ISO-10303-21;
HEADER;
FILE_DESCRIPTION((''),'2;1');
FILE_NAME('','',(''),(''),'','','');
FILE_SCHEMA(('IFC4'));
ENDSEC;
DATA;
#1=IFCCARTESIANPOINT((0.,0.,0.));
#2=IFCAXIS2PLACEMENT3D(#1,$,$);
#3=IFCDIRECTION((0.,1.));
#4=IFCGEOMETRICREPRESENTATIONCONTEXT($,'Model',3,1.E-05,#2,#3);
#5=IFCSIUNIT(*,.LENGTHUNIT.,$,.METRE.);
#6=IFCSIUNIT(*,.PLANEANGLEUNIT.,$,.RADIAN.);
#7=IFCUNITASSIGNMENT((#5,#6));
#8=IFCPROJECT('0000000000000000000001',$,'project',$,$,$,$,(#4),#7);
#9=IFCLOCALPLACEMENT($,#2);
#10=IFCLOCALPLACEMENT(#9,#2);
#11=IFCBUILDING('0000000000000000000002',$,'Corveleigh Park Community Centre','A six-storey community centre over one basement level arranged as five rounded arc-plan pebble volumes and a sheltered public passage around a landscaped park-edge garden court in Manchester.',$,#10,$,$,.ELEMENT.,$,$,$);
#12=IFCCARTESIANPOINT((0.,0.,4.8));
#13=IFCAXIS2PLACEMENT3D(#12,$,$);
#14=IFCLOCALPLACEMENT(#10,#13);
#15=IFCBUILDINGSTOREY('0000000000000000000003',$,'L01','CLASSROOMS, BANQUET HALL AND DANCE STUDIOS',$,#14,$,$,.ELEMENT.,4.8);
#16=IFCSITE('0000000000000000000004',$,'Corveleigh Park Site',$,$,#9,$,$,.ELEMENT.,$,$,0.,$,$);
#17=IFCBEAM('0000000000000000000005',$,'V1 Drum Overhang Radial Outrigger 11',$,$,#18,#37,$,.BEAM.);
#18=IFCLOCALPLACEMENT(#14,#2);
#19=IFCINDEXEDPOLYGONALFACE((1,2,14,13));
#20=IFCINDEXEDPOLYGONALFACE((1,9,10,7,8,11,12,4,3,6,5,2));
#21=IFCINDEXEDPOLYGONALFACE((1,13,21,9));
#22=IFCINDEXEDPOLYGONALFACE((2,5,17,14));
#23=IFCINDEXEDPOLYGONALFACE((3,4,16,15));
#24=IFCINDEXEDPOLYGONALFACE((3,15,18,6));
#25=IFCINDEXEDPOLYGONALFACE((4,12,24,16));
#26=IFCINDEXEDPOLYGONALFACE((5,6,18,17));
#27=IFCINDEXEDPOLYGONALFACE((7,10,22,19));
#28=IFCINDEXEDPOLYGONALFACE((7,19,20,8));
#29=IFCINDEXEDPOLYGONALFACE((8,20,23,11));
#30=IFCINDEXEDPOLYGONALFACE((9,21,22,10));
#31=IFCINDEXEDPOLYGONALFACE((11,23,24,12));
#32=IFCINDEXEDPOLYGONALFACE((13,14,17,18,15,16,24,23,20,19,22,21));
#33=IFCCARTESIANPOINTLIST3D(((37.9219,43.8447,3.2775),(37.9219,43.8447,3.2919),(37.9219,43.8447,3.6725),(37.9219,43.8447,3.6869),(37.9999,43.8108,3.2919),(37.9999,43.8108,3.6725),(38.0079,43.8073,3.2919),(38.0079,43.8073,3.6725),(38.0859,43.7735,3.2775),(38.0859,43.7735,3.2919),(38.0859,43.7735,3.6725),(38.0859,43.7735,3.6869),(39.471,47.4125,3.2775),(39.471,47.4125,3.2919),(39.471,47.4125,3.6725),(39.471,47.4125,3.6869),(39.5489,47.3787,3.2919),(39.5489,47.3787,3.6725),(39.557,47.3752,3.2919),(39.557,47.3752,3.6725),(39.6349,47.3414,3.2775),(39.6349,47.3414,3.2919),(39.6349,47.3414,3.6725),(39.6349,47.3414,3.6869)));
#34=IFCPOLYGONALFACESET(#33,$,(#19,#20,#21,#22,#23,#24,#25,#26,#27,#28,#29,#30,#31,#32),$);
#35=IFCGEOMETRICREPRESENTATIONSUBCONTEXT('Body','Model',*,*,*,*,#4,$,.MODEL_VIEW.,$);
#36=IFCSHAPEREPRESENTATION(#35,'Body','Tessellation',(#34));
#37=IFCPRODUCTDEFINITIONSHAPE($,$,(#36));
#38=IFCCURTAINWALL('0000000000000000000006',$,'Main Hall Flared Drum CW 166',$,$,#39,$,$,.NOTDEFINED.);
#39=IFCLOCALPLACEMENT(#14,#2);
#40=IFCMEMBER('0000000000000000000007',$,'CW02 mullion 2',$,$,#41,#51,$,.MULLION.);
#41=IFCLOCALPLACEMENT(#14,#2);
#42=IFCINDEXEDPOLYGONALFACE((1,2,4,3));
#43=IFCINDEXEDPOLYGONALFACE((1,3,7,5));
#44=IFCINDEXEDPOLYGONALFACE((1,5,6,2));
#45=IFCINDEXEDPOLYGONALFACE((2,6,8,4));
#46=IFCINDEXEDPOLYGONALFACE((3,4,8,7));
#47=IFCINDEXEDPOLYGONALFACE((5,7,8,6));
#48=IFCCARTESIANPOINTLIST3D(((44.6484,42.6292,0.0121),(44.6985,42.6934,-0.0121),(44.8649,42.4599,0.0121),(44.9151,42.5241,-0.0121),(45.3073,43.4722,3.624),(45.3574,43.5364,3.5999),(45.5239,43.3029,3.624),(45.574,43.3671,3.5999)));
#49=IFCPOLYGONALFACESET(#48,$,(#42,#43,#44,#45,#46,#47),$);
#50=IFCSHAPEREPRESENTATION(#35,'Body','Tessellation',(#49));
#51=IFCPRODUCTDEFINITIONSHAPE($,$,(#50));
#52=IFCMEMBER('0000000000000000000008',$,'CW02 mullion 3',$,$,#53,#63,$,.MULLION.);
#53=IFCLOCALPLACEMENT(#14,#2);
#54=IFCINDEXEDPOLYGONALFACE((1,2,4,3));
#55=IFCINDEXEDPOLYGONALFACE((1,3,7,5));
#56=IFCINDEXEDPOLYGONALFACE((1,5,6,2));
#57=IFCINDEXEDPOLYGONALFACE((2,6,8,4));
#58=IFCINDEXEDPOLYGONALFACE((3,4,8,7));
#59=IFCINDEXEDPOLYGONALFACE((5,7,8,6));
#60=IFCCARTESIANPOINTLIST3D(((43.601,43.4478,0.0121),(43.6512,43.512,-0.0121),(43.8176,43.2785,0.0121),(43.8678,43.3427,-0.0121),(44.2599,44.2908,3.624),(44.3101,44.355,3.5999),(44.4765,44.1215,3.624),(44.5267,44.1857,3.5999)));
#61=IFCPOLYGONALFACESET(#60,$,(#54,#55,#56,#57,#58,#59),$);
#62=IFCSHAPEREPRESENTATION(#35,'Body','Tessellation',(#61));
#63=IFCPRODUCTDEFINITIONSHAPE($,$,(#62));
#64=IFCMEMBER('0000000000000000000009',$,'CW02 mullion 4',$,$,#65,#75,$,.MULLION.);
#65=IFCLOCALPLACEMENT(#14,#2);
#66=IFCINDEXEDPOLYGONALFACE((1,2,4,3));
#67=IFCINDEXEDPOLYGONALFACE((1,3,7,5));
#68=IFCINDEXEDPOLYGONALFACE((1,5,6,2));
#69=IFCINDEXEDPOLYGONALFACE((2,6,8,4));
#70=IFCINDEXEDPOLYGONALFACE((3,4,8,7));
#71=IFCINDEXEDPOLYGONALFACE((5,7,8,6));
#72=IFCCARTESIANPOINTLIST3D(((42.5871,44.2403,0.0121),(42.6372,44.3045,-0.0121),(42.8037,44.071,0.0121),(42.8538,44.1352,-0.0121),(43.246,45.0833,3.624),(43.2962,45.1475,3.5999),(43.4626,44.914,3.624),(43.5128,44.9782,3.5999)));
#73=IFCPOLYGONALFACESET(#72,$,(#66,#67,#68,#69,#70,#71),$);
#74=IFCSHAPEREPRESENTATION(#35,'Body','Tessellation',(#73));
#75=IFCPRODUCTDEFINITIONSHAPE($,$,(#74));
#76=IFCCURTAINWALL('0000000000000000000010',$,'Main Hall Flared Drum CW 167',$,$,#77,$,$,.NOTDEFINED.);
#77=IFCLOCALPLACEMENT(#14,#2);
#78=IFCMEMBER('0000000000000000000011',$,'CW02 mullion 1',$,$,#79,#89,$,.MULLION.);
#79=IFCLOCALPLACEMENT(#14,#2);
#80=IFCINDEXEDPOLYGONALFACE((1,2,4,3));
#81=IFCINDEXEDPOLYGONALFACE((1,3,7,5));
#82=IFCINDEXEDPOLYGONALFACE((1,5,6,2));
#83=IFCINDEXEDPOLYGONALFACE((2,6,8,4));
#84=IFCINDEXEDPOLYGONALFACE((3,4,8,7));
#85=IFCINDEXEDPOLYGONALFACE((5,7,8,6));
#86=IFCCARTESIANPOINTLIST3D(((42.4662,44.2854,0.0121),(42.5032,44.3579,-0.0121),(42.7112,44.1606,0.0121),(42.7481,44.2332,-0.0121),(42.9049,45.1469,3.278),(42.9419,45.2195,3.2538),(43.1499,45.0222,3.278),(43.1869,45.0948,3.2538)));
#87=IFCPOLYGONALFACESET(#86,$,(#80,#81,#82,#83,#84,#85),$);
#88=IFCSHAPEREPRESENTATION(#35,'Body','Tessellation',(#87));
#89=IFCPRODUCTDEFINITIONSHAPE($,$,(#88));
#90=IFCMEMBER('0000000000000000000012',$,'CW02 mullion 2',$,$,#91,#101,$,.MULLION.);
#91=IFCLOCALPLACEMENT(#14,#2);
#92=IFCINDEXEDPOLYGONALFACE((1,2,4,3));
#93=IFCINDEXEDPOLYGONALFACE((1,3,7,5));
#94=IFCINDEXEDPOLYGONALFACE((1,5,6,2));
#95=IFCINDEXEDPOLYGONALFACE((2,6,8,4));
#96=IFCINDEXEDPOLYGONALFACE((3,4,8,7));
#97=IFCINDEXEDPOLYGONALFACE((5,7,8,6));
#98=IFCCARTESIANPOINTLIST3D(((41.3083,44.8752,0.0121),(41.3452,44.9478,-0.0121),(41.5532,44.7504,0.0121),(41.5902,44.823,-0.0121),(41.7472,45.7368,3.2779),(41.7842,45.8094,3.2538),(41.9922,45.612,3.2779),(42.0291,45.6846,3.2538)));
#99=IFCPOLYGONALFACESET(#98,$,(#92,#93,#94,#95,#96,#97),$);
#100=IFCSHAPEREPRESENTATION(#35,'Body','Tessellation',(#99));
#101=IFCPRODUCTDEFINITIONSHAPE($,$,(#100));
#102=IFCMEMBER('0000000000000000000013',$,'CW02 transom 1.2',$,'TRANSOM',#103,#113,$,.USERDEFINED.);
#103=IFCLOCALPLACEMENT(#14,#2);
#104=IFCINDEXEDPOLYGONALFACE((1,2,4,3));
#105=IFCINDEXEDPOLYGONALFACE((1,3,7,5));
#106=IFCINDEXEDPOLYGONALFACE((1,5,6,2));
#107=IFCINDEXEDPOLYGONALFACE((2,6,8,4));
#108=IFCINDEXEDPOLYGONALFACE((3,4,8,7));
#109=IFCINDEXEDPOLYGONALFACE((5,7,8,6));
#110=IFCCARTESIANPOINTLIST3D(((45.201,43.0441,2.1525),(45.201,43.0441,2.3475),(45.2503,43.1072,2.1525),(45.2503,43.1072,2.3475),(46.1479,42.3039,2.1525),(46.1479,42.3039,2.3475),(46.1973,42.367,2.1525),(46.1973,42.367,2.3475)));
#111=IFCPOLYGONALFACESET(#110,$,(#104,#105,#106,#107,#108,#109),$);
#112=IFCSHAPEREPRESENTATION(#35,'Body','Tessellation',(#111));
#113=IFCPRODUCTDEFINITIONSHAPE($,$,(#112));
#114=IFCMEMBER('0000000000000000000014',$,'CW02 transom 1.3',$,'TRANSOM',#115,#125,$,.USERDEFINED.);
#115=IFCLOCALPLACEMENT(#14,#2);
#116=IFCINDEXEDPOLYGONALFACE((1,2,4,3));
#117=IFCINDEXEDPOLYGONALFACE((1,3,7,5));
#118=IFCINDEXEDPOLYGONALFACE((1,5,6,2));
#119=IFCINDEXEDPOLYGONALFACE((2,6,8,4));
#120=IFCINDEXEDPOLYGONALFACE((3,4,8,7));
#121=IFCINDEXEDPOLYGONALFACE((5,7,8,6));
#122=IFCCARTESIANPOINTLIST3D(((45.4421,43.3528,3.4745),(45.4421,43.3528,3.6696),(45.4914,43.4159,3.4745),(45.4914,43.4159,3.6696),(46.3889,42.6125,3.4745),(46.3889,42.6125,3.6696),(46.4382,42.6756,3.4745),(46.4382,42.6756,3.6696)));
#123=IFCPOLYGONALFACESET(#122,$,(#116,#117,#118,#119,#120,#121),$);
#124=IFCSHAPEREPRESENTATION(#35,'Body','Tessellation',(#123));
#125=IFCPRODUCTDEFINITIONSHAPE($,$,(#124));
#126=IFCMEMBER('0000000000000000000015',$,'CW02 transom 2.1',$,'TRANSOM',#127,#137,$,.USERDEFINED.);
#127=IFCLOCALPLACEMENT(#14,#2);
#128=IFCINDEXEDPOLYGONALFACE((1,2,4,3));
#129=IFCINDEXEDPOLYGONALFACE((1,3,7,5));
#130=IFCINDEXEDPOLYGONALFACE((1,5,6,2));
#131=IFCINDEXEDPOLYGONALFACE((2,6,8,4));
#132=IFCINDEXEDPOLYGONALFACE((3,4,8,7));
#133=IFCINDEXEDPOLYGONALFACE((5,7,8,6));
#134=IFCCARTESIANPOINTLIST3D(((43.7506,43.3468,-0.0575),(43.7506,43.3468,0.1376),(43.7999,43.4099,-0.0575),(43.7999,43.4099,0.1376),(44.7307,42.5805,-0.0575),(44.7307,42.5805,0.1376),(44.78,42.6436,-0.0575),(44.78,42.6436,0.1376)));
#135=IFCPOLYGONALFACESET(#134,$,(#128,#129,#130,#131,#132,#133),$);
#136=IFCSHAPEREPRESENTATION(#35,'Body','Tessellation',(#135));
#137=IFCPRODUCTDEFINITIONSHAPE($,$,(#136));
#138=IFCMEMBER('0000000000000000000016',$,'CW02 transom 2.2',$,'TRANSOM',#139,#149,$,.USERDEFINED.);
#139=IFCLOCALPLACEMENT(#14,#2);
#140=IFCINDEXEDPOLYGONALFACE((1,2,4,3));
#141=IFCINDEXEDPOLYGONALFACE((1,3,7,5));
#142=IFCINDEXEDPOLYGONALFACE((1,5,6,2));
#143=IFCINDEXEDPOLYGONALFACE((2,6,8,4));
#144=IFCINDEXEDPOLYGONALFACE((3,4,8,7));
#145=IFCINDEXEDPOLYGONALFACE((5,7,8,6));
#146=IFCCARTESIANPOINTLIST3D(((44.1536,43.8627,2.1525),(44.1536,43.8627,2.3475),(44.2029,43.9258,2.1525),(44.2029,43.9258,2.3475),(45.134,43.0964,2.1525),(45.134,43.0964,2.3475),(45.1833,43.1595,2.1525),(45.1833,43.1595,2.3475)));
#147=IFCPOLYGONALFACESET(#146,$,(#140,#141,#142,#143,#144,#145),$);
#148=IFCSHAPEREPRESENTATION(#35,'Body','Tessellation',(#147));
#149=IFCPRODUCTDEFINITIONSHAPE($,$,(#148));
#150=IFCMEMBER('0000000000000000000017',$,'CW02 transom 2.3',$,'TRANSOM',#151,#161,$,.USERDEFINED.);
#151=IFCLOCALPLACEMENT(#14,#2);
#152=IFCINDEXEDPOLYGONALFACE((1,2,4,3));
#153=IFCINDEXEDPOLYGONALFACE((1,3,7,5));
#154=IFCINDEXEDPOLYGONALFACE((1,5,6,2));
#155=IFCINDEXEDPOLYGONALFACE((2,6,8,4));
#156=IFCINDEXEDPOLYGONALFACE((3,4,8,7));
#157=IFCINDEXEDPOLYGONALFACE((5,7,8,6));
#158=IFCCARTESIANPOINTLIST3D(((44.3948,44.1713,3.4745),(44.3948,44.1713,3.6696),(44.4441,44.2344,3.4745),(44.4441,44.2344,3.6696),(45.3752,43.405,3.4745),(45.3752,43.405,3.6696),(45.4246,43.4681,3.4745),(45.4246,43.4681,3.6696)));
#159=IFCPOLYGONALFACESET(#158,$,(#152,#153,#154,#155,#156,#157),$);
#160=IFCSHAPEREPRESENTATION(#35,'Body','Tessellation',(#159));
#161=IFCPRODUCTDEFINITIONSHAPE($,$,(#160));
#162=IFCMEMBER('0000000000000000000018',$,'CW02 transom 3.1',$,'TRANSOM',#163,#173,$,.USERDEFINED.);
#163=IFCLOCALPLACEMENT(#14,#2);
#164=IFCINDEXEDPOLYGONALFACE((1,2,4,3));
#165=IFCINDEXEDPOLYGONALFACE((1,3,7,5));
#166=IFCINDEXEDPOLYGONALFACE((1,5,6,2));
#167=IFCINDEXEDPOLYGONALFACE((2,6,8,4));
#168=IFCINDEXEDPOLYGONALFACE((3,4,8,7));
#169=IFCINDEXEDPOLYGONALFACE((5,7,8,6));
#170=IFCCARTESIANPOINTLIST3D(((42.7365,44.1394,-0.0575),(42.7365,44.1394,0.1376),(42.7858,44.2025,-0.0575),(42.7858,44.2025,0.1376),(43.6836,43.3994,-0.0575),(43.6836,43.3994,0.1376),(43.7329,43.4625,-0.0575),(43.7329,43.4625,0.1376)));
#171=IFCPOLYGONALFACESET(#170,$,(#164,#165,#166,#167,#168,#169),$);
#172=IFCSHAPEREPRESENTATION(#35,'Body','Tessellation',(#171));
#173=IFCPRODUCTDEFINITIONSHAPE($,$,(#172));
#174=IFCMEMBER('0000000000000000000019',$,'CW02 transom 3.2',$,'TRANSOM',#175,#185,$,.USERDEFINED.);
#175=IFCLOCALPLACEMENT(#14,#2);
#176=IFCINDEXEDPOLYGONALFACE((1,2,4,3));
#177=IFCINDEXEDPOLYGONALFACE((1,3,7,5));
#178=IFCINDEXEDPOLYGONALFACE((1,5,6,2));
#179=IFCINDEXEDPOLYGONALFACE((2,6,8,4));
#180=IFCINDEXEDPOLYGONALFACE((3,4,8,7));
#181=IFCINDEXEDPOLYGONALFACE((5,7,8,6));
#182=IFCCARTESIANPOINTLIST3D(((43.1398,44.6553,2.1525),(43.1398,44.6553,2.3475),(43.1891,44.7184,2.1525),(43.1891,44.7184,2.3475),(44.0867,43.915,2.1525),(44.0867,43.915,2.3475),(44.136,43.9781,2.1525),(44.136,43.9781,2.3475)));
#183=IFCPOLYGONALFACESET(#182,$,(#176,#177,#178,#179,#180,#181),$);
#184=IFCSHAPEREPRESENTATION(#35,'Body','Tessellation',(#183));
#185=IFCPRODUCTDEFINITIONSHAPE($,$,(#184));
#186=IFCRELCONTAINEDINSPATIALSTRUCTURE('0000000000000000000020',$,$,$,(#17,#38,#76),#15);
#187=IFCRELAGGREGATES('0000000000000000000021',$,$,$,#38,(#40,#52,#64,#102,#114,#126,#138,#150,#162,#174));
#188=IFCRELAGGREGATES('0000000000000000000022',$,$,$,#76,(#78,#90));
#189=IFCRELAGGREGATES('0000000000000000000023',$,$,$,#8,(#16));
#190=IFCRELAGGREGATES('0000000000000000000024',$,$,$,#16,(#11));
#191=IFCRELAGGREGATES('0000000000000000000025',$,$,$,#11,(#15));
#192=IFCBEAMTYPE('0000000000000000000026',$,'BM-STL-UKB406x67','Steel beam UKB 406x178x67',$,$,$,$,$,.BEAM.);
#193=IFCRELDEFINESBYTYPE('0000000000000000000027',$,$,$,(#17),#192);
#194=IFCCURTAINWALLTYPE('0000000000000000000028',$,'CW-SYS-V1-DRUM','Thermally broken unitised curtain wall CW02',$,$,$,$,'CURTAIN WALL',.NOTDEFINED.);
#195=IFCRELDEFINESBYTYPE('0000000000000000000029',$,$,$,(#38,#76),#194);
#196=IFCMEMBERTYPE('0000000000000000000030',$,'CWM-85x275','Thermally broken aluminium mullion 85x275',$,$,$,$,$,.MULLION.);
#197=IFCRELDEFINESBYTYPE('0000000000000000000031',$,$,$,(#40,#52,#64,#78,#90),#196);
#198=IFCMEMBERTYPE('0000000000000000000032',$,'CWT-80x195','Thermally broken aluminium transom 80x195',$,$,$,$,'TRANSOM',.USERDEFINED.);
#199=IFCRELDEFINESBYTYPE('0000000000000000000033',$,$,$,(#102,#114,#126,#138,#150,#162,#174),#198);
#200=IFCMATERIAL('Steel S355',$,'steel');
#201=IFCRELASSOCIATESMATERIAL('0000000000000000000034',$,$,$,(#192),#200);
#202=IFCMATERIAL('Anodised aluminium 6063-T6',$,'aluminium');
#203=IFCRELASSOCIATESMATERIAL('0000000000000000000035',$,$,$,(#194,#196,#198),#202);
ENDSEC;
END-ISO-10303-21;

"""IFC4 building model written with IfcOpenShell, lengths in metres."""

from ifc_helpers import new_model, si_unit, direction, frame, origin, origin_2d, place, context, subcontext, project, spatial, rectangle, i_section, extrude, material, material_profile, profile_set, type_object, element, aggregate, save


model = new_model("IFC4")

# Units and contexts
model_context = context("Model", 3, precision=1e-05, world=origin(), true_north=direction((0.0, 1.0)))
body_context = subcontext(model_context, "Body", "Model", "MODEL_VIEW")
ifc_project = project(units=[si_unit("LENGTHUNIT", "METRE"), si_unit("PLANEANGLEUNIT", "RADIAN")], contexts=[model_context])

# Site, building, storey
site_placement = place(None, origin())
site = spatial("IfcSite", under=ifc_project, at=site_placement, Name="Corveleigh Park Site", CompositionType="ELEMENT", RefElevation=0.0)
building_placement = place(site_placement, origin())
building = spatial("IfcBuilding", under=site, at=building_placement, Name="Corveleigh Park Community Centre", Description="A six-storey community centre over one basement level arranged as five rounded arc-plan pebble volumes and a sheltered public passage around a landscaped park-edge garden court in Manchester.", CompositionType="ELEMENT")
storey_placement = place(building_placement, frame((0.0, 0.0, 4.8)))
storey = spatial("IfcBuildingStorey", under=building, at=storey_placement, Name="L01", Description="CLASSROOMS, BANQUET HALL AND DANCE STUDIOS", CompositionType="ELEMENT", Elevation=4.8)

# Beam
ifc_material_1 = material(Name="Steel S355", Category="steel")
ifc_material_profile_1 = material_profile(ifc_material_1, i_section(OverallWidth=0.1787, OverallDepth=0.4094, WebThickness=0.0088, FlangeThickness=0.0144, at=origin_2d()), Name="UKB 406x178x67", Category="steel")
ifc_profile_set_1 = profile_set([ifc_material_profile_1], Name="Steel S355")
beam_type = type_object("IfcBeamType", Name="BM-STL-UKB406x67", Description="Steel beam UKB 406x178x67", PredefinedType="BEAM", material=ifc_profile_set_1)
beam_placement = place(storey_placement, frame((38.0039, 43.8091, 3.4822), z_axis=(0.398256, 0.917275, 0.0), x_axis=(-0.917275, 0.398256, 0.0)))
element("IfcBeam", 1, at=beam_placement, inside=storey, type_object=beam_type, Name="V1 Drum Overhang Radial Outrigger 11", PredefinedType="BEAM", context=body_context, shape_type="SweptSolid", body=[
    extrude(i_section(OverallWidth=0.1787, OverallDepth=0.4094, WebThickness=0.0088, FlangeThickness=0.0144, at=origin_2d()), origin(), (0.0, 0.0, 1.0), 3.8896),
])

# Curtain walls, members
ifc_material_2 = material(Name="Anodised aluminium 6063-T6", Category="aluminium")
curtain_wall_type = type_object("IfcCurtainWallType", Name="CW-SYS-V1-DRUM", Description="Thermally broken unitised curtain wall CW02", ElementType="CURTAIN WALL", PredefinedType="NOTDEFINED", material=ifc_material_2)
curtain_wall_1_placement = place(storey_placement, origin())
curtain_wall_1 = element("IfcCurtainWall", 2, at=curtain_wall_1_placement, inside=storey, type_object=curtain_wall_type, Name="Main Hall Flared Drum CW 166", PredefinedType="NOTDEFINED")
ifc_material_profile_2 = material_profile(ifc_material_2, rectangle(XDim=0.085, YDim=0.2749, at=origin_2d()), Name="ALU-M85x275", Category="aluminium")
ifc_profile_set_2 = profile_set([ifc_material_profile_2], Name="Anodised aluminium 6063-T6")
member_type_1 = type_object("IfcMemberType", Name="CWM-85x275", Description="Thermally broken aluminium mullion 85x275", PredefinedType="MULLION", material=ifc_profile_set_2)
member_1_placement = place(storey_placement, frame((44.7817, 42.5767, 0.0), z_axis=(0.174914, 0.223778, 0.958816), x_axis=(-0.590472, -0.755428, 0.284027)))
member_1 = element("IfcMember", 3, at=member_1_placement, type_object=member_type_1, Name="CW02 mullion 2", PredefinedType="MULLION", context=body_context, shape_type="SweptSolid", body=[
    extrude(rectangle(XDim=0.085, YDim=0.2749, at=origin_2d()), origin(), (0.0, 0.0, 1.0), 3.7671),
])
member_2_placement = place(storey_placement, frame((43.7344, 43.3953, 0.0), z_axis=(0.174914, 0.223778, 0.958816), x_axis=(-0.590472, -0.755428, 0.284027)))
member_2 = element("IfcMember", 4, at=member_2_placement, type_object=member_type_1, Name="CW02 mullion 3", PredefinedType="MULLION", context=body_context, shape_type="SweptSolid", body=[
    extrude(rectangle(XDim=0.085, YDim=0.2749, at=origin_2d()), origin(), (0.0, 0.0, 1.0), 3.7671),
])
member_3_placement = place(storey_placement, frame((42.7205, 44.1877, 0.0), z_axis=(0.174914, 0.223778, 0.958816), x_axis=(-0.590472, -0.755428, 0.284027)))
member_3 = element("IfcMember", 5, at=member_3_placement, type_object=member_type_1, Name="CW02 mullion 4", PredefinedType="MULLION", context=body_context, shape_type="SweptSolid", body=[
    extrude(rectangle(XDim=0.085, YDim=0.2749, at=origin_2d()), origin(), (0.0, 0.0, 1.0), 3.7671),
])
curtain_wall_2_placement = place(storey_placement, origin())
curtain_wall_2 = element("IfcCurtainWall", 6, at=curtain_wall_2_placement, inside=storey, type_object=curtain_wall_type, Name="Main Hall Flared Drum CW 167", PredefinedType="NOTDEFINED")
member_4_placement = place(storey_placement, frame((42.6072, 44.2593, 0.0), z_axis=(0.128809, 0.252959, 0.958864), x_axis=(-0.435101, -0.854463, 0.283866)))
member_4 = element("IfcMember", 7, at=member_4_placement, type_object=member_type_1, Name="CW02 mullion 1", PredefinedType="MULLION", context=body_context, shape_type="SweptSolid", body=[
    extrude(rectangle(XDim=0.085, YDim=0.2749, at=origin_2d()), origin(), (0.0, 0.0, 1.0), 3.406),
])
member_5_placement = place(storey_placement, frame((41.4492, 44.8491, 0.0), z_axis=(0.12888, 0.252957, 0.958855), x_axis=(-0.435289, -0.854357, 0.283896)))
member_5 = element("IfcMember", 8, at=member_5_placement, type_object=member_type_1, Name="CW02 mullion 2", PredefinedType="MULLION", context=body_context, shape_type="SweptSolid", body=[
    extrude(rectangle(XDim=0.085, YDim=0.2749, at=origin_2d()), origin(), (0.0, 0.0, 1.0), 3.406),
])

# Members
ifc_material_profile_3 = material_profile(ifc_material_2, rectangle(XDim=0.0801, YDim=0.1951, at=origin_2d()), Name="ALU-T80x195", Category="aluminium")
ifc_profile_set_3 = profile_set([ifc_material_profile_3], Name="Anodised aluminium 6063-T6")
member_type_2 = type_object("IfcMemberType", Name="CWT-80x195", Description="Thermally broken aluminium transom 80x195", ElementType="TRANSOM", PredefinedType="USERDEFINED", material=ifc_profile_set_3)
member_6_placement = place(storey_placement, frame((46.1726, 42.3354, 2.25), z_axis=(-0.787873, 0.615837, 0.0), x_axis=(-0.615837, -0.787873, 0.0)))
member_6 = element("IfcMember", 9, at=member_6_placement, type_object=member_type_2, Name="CW02 transom 1.2", ObjectType="TRANSOM", PredefinedType="USERDEFINED", context=body_context, shape_type="SweptSolid", body=[
    extrude(rectangle(XDim=0.0801, YDim=0.1951, at=origin_2d()), origin(), (0.0, 0.0, 1.0), 1.2019),
])
member_7_placement = place(storey_placement, frame((46.4136, 42.644, 3.572), z_axis=(-0.787796, 0.615936, 0.0), x_axis=(-0.615936, -0.787796, 0.0)))
member_7 = element("IfcMember", 10, at=member_7_placement, type_object=member_type_2, Name="CW02 transom 1.3", ObjectType="TRANSOM", PredefinedType="USERDEFINED", context=body_context, shape_type="SweptSolid", body=[
    extrude(rectangle(XDim=0.0801, YDim=0.1951, at=origin_2d()), origin(), (0.0, 0.0, 1.0), 1.2019),
])
member_8_placement = place(storey_placement, frame((44.7554, 42.6121, 0.04), z_axis=(-0.787807, 0.615922, 0.0), x_axis=(-0.615922, -0.787807, 0.0)))
member_8 = element("IfcMember", 11, at=member_8_placement, type_object=member_type_2, Name="CW02 transom 2.1", ObjectType="TRANSOM", PredefinedType="USERDEFINED", context=body_context, shape_type="SweptSolid", body=[
    extrude(rectangle(XDim=0.0801, YDim=0.1951, at=origin_2d()), origin(), (0.0, 0.0, 1.0), 1.2441),
])
member_9_placement = place(storey_placement, frame((45.1587, 43.1279, 2.25), z_axis=(-0.787882, 0.615827, 0.0), x_axis=(-0.615827, -0.787882, 0.0)))
member_9 = element("IfcMember", 12, at=member_9_placement, type_object=member_type_2, Name="CW02 transom 2.2", ObjectType="TRANSOM", PredefinedType="USERDEFINED", context=body_context, shape_type="SweptSolid", body=[
    extrude(rectangle(XDim=0.0801, YDim=0.1951, at=origin_2d()), origin(), (0.0, 0.0, 1.0), 1.2444),
])
member_10_placement = place(storey_placement, frame((45.3999, 43.4365, 3.572), z_axis=(-0.787882, 0.615827, 0.0), x_axis=(-0.615827, -0.787882, 0.0)))
member_10 = element("IfcMember", 13, at=member_10_placement, type_object=member_type_2, Name="CW02 transom 2.3", ObjectType="TRANSOM", PredefinedType="USERDEFINED", context=body_context, shape_type="SweptSolid", body=[
    extrude(rectangle(XDim=0.0801, YDim=0.1951, at=origin_2d()), origin(), (0.0, 0.0, 1.0), 1.2444),
])
member_11_placement = place(storey_placement, frame((43.7083, 43.4309, 0.04), z_axis=(-0.787972, 0.615711, 0.0), x_axis=(-0.615711, -0.787972, 0.0)))
member_11 = element("IfcMember", 14, at=member_11_placement, type_object=member_type_2, Name="CW02 transom 3.1", ObjectType="TRANSOM", PredefinedType="USERDEFINED", context=body_context, shape_type="SweptSolid", body=[
    extrude(rectangle(XDim=0.0801, YDim=0.1951, at=origin_2d()), origin(), (0.0, 0.0, 1.0), 1.2019),
])
member_12_placement = place(storey_placement, frame((44.1113, 43.9465, 2.25), z_axis=(-0.787796, 0.615936, 0.0), x_axis=(-0.615936, -0.787796, 0.0)))
member_12 = element("IfcMember", 15, at=member_12_placement, type_object=member_type_2, Name="CW02 transom 3.2", ObjectType="TRANSOM", PredefinedType="USERDEFINED", context=body_context, shape_type="SweptSolid", body=[
    extrude(rectangle(XDim=0.0801, YDim=0.1951, at=origin_2d()), origin(), (0.0, 0.0, 1.0), 1.2019),
])

aggregate(curtain_wall_1, [member_1, member_2, member_3, member_6, member_7, member_8, member_9, member_10, member_11, member_12])
aggregate(curtain_wall_2, [member_4, member_5])

save(model, "model.ifc")
